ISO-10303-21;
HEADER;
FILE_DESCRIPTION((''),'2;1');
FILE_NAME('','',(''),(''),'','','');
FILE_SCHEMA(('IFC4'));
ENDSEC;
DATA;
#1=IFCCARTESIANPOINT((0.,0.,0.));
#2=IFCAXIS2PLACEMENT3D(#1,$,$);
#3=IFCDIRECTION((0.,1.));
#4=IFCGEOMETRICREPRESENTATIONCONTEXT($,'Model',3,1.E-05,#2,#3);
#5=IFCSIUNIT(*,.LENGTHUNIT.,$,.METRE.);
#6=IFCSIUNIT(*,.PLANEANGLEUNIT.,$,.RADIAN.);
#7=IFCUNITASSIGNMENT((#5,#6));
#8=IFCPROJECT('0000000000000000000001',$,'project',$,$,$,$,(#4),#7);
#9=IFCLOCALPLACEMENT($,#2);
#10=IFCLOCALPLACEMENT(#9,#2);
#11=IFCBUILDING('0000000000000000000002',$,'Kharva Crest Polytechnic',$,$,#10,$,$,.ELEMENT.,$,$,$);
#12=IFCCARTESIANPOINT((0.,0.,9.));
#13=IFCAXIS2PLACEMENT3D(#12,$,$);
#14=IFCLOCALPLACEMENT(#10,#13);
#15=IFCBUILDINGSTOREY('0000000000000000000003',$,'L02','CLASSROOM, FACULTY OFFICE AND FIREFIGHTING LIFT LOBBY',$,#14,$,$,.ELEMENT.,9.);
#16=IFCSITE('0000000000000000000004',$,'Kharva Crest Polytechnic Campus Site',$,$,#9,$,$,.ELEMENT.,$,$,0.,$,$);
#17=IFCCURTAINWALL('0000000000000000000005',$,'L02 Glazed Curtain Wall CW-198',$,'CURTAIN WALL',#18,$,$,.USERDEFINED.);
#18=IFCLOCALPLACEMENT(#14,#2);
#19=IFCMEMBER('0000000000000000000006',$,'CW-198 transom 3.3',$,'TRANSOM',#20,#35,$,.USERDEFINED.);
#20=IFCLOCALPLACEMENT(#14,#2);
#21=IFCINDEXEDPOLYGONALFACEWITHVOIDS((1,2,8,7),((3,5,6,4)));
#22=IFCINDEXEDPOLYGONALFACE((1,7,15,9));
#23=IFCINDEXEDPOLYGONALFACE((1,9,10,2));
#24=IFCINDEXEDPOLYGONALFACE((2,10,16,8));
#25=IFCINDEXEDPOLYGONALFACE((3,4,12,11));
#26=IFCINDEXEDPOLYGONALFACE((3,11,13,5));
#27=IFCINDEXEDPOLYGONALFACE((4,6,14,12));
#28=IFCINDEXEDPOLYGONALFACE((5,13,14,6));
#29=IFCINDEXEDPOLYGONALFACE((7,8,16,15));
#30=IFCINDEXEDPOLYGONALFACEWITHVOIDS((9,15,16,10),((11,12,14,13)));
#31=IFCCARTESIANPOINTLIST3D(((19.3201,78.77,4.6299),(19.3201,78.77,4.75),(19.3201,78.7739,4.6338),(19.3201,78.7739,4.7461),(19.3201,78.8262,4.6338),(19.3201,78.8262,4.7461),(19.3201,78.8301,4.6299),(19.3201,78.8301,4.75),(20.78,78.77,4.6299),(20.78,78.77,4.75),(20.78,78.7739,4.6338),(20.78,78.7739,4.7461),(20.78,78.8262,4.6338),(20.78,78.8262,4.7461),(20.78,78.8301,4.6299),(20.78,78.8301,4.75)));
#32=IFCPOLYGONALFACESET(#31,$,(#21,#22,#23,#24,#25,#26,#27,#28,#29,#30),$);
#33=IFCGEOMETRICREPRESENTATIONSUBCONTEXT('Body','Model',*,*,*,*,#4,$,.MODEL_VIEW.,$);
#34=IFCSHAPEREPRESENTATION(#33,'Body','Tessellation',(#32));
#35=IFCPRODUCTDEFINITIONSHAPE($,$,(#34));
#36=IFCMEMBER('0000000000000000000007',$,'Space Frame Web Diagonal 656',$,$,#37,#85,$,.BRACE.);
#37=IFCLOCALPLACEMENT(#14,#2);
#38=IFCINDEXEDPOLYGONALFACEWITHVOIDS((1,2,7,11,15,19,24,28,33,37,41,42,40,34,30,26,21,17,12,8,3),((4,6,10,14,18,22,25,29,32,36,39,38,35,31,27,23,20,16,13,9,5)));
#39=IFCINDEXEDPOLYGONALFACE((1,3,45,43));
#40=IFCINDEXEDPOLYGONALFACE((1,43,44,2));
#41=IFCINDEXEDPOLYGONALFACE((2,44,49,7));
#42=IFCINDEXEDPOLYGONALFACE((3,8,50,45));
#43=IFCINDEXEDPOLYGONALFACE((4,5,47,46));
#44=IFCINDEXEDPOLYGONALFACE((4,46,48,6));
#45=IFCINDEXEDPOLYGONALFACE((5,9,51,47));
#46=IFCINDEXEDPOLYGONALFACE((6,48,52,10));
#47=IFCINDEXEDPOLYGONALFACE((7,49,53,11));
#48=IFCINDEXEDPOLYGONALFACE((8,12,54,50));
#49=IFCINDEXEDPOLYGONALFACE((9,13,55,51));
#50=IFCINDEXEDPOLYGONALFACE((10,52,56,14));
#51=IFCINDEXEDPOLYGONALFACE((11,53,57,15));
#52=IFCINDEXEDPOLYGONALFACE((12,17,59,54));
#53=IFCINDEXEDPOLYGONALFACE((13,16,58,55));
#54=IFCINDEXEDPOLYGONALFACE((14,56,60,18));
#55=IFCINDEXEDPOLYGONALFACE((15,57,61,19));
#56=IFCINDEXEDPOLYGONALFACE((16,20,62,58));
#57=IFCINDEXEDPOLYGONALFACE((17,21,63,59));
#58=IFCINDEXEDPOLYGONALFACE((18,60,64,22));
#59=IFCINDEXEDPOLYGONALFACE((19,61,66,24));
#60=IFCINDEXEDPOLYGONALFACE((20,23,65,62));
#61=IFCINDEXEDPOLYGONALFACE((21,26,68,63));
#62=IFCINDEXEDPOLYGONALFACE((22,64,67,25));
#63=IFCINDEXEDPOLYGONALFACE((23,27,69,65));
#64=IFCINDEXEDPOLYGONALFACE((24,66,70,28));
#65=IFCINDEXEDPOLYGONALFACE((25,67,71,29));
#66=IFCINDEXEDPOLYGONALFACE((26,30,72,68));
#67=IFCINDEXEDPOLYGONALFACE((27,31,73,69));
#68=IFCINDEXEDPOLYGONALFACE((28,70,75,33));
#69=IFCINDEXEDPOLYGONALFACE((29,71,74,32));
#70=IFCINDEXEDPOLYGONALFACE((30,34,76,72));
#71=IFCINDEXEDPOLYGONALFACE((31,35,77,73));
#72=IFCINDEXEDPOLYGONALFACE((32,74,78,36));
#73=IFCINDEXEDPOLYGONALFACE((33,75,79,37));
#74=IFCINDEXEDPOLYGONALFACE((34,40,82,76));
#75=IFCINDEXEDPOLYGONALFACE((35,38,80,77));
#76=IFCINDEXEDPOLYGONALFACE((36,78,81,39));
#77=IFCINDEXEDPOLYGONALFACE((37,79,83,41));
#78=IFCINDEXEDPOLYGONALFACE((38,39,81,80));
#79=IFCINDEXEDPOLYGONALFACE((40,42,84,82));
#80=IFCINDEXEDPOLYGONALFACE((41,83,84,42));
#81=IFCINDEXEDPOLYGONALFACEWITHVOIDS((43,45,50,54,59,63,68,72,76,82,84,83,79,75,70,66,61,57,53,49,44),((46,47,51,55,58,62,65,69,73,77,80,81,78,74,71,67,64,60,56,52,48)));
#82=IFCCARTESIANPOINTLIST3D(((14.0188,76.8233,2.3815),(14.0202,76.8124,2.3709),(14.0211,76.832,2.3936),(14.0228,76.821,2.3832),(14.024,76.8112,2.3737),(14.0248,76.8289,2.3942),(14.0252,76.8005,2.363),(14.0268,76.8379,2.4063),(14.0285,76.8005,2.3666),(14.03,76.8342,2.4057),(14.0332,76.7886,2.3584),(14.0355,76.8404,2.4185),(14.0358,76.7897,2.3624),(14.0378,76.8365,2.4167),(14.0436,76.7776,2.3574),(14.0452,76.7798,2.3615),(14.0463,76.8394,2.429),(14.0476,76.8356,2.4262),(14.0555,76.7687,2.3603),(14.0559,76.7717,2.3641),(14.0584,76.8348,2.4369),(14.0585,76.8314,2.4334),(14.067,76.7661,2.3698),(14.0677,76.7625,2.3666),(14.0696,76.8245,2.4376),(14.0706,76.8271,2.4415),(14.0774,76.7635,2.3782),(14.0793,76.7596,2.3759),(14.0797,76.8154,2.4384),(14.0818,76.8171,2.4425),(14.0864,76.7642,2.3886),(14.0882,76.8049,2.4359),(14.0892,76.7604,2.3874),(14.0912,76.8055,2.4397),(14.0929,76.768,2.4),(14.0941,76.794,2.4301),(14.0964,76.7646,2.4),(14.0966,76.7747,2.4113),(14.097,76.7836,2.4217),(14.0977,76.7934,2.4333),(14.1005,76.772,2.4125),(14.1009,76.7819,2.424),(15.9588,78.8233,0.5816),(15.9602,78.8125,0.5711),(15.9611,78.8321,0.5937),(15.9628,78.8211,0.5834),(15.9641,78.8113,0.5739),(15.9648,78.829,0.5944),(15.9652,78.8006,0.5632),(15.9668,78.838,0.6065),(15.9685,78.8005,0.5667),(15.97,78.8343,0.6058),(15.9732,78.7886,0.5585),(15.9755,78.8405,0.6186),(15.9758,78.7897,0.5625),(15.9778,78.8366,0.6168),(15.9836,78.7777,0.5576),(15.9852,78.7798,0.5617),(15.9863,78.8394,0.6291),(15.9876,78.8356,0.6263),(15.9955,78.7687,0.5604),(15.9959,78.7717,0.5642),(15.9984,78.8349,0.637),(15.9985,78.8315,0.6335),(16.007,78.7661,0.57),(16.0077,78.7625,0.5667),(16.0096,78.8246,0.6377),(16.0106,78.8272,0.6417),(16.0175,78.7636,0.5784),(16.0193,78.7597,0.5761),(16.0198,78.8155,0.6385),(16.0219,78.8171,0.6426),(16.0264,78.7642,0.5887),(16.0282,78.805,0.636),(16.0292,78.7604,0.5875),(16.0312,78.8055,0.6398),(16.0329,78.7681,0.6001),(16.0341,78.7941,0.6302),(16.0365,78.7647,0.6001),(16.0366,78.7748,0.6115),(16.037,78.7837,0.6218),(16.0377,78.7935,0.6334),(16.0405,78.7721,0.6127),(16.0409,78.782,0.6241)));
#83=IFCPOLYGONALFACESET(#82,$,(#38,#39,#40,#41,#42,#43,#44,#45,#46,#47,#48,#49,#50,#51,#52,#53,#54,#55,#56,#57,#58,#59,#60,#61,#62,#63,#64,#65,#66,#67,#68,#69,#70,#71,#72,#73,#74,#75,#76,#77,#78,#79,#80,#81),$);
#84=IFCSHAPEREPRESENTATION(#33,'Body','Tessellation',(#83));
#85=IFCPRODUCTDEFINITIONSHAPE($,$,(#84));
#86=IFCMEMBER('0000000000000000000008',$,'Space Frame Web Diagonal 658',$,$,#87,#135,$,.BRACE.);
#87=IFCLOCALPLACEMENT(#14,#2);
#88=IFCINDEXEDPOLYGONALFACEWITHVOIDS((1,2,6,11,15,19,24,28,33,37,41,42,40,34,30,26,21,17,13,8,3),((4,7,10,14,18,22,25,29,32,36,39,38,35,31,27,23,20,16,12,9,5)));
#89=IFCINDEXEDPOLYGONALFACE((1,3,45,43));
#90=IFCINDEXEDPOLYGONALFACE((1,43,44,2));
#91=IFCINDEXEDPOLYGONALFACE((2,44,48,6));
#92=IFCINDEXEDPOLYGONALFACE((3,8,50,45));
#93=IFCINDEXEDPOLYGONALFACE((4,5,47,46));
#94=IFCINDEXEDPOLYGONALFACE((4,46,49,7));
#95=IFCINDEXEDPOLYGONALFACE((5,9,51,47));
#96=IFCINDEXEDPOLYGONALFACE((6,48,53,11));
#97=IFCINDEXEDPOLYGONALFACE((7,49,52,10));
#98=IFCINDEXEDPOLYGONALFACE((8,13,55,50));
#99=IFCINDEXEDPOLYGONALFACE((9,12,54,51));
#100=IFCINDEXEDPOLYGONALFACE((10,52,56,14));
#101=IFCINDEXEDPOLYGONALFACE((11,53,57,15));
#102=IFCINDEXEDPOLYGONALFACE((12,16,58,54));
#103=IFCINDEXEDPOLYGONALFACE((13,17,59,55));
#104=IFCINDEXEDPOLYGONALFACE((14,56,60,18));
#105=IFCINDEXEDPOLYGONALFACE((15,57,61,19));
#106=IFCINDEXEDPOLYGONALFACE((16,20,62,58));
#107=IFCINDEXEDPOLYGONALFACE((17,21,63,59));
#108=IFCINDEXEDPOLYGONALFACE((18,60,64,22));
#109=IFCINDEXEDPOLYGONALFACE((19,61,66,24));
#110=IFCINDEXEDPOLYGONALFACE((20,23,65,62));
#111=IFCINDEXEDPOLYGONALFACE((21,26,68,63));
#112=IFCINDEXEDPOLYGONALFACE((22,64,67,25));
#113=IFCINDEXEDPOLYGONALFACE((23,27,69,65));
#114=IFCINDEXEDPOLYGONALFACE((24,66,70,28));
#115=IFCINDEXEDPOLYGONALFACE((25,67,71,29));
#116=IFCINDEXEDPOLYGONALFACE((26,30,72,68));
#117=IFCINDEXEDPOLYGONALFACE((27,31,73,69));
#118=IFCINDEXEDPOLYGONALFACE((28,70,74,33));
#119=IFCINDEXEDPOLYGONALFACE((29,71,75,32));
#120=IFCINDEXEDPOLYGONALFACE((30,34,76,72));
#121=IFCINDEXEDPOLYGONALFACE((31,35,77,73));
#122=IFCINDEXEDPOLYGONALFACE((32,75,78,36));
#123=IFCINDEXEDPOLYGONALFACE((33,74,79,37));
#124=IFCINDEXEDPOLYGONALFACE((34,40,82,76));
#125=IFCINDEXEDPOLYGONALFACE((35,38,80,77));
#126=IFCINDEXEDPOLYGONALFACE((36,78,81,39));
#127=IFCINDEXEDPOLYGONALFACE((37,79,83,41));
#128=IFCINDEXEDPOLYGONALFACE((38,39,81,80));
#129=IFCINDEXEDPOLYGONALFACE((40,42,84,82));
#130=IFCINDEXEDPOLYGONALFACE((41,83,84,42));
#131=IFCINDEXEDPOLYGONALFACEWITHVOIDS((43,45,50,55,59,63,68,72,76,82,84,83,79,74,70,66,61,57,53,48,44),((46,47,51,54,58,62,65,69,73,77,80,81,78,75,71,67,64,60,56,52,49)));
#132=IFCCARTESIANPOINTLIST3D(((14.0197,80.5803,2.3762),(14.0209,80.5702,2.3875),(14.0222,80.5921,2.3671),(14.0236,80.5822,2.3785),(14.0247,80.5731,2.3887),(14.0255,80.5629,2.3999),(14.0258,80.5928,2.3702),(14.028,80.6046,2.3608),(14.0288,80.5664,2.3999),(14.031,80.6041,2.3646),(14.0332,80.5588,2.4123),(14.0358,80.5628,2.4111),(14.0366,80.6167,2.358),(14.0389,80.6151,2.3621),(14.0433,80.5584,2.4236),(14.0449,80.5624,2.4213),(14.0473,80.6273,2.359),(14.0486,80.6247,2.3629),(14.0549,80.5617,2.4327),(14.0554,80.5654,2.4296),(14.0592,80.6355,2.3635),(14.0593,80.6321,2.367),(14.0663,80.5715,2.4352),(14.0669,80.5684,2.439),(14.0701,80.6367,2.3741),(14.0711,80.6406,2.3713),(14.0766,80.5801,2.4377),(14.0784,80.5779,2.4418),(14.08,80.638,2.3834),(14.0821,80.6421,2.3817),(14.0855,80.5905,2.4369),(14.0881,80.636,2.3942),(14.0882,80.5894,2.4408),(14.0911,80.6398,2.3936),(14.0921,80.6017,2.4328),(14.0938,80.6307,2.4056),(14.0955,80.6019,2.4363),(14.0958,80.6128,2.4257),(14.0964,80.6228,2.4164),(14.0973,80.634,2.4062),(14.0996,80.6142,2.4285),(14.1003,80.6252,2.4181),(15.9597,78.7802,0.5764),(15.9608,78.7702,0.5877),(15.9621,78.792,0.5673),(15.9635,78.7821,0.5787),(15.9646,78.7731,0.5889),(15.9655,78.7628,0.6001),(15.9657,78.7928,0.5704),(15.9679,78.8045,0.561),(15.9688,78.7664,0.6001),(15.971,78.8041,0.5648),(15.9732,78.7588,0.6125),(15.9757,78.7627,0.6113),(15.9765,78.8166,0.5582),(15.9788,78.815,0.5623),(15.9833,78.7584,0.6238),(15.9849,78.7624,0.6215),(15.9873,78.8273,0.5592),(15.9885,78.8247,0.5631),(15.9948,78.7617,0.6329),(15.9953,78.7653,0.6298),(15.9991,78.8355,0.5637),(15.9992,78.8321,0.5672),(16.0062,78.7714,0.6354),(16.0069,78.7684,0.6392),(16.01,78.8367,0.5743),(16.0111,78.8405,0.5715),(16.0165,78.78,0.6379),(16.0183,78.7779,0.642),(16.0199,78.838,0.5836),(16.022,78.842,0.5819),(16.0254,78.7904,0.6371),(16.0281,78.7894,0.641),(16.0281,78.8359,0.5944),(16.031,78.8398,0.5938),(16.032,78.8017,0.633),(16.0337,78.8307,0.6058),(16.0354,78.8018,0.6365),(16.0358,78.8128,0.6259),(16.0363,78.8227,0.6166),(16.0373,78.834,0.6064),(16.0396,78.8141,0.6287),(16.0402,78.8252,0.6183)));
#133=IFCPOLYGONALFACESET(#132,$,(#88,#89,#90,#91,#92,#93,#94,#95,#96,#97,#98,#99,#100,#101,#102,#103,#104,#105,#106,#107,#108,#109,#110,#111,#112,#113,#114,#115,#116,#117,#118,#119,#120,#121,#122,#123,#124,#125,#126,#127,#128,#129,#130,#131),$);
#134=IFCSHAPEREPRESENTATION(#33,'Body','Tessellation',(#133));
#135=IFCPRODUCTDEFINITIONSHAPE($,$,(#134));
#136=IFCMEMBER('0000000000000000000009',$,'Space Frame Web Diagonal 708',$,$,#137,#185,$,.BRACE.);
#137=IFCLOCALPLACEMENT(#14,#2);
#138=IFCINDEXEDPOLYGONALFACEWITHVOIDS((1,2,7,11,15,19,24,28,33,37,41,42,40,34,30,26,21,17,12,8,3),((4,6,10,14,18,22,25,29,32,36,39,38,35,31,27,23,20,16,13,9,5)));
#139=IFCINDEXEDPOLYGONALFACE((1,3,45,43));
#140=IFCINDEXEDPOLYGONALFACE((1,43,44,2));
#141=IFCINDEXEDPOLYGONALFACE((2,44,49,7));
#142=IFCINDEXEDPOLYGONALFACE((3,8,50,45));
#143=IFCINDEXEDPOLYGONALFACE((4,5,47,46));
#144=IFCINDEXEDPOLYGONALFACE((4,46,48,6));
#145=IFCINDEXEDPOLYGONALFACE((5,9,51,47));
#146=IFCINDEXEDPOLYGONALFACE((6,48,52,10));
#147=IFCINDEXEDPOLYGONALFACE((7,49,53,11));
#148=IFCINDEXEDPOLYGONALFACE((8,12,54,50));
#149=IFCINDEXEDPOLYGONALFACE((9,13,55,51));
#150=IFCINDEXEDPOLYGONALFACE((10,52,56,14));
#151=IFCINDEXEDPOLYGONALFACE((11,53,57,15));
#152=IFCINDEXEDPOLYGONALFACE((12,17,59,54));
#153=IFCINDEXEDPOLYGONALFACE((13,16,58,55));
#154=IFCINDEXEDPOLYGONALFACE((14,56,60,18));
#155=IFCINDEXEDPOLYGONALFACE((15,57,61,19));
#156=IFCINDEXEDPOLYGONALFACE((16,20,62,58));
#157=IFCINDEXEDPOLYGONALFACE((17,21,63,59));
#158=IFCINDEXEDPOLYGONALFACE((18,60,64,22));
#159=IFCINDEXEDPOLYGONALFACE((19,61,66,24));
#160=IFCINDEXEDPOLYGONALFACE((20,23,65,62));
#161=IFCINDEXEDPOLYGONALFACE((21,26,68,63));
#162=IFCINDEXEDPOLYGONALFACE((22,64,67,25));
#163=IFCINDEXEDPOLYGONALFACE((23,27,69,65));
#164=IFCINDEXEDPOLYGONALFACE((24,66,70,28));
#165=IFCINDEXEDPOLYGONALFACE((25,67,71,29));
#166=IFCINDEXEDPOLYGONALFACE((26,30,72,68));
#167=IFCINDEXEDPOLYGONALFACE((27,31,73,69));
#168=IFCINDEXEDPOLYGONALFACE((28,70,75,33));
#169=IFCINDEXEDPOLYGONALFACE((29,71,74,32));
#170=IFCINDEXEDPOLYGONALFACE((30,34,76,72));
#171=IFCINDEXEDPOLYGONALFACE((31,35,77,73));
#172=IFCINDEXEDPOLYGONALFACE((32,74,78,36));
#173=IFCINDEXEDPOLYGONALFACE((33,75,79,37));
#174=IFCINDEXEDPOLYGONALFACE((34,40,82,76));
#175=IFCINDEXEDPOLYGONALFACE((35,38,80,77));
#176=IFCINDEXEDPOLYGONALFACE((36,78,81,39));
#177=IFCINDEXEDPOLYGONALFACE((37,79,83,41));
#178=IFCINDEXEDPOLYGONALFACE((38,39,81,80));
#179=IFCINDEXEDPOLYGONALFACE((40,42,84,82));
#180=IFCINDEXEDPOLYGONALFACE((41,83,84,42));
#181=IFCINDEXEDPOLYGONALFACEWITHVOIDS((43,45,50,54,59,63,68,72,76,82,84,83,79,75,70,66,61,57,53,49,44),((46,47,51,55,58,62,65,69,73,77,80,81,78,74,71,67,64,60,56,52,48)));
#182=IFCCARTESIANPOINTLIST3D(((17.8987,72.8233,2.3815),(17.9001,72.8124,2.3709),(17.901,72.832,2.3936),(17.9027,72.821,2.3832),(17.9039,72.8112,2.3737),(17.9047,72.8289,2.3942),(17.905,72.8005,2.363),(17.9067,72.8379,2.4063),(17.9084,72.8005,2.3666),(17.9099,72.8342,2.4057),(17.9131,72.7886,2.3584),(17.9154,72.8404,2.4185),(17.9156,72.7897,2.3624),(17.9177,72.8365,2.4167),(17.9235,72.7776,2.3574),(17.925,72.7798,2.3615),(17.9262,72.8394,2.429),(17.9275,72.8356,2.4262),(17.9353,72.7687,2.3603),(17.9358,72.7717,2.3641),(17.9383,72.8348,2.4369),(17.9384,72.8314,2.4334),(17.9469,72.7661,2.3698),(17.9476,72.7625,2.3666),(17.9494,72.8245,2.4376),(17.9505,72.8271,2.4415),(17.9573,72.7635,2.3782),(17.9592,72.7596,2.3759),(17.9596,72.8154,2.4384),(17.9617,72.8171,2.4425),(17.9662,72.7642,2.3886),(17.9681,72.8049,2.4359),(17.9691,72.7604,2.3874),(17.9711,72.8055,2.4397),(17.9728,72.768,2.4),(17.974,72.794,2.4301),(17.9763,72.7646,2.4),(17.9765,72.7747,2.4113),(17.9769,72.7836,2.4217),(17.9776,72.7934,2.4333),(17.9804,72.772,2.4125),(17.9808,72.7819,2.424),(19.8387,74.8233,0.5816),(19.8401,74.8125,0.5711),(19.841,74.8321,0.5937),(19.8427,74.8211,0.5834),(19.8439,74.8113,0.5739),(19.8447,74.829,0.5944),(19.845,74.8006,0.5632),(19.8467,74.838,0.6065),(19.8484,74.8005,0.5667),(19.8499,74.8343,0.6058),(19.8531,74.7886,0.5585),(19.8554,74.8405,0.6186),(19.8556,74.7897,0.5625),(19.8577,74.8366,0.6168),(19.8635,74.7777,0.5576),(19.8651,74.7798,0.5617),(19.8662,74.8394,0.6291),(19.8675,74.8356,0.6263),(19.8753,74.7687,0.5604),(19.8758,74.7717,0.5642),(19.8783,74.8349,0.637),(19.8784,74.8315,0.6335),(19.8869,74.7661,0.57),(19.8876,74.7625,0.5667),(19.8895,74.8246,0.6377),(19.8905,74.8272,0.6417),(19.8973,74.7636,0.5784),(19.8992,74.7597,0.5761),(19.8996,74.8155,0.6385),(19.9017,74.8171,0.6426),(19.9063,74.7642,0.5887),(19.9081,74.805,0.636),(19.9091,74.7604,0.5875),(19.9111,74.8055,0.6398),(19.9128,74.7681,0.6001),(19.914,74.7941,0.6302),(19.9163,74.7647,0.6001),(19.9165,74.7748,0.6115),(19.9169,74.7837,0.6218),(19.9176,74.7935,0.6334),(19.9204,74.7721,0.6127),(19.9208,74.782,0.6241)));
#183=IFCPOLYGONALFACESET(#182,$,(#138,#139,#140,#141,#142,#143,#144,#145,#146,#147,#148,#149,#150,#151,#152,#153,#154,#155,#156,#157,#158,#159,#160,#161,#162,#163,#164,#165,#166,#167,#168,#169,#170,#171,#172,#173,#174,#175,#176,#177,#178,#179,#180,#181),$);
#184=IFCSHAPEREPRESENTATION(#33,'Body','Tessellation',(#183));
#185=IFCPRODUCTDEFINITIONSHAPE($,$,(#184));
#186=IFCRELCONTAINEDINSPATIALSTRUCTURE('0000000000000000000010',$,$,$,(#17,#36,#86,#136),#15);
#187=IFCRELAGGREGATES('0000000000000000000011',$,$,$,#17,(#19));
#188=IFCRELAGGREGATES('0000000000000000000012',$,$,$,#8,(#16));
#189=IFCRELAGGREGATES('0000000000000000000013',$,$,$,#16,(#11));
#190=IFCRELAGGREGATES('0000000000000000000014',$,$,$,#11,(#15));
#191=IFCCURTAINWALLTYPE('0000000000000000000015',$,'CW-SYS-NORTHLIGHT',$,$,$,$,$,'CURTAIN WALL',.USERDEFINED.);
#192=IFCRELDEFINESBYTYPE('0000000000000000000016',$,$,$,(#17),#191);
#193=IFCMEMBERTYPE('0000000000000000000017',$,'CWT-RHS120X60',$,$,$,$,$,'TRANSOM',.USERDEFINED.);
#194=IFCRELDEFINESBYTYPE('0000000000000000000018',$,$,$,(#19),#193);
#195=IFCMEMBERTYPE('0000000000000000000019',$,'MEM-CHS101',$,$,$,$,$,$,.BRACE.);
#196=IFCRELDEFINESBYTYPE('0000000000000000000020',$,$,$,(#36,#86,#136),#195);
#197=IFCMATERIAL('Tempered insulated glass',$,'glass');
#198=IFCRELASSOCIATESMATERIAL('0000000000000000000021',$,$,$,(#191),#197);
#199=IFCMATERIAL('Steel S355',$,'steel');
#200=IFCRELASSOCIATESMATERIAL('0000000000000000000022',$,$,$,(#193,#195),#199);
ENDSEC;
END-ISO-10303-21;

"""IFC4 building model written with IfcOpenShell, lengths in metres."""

from ifc_helpers import new_model, si_unit, direction, frame, origin, origin_2d, place, context, subcontext, project, spatial, hollow_rectangle, hollow_circle, extrude, material, material_profile, profile_set, type_object, element, aggregate, save


model = new_model("IFC4")

# Units and contexts
model_context = context("Model", 3, precision=1e-05, world=origin(), true_north=direction((0.0, 1.0)))
body_context = subcontext(model_context, "Body", "Model", "MODEL_VIEW")
ifc_project = project(units=[si_unit("LENGTHUNIT", "METRE"), si_unit("PLANEANGLEUNIT", "RADIAN")], contexts=[model_context])

# Site, building, storey
site_placement = place(None, origin())
site = spatial("IfcSite", under=ifc_project, at=site_placement, Name="Kharva Crest Polytechnic Campus Site", CompositionType="ELEMENT", RefElevation=0.0)
building_placement = place(site_placement, origin())
building = spatial("IfcBuilding", under=site, at=building_placement, Name="Kharva Crest Polytechnic", CompositionType="ELEMENT")
storey_placement = place(building_placement, frame((0.0, 0.0, 9.0)))
storey = spatial("IfcBuildingStorey", under=building, at=storey_placement, Name="L02", Description="CLASSROOM, FACULTY OFFICE AND FIREFIGHTING LIFT LOBBY", CompositionType="ELEMENT", Elevation=9.0)

# Curtain wall, member
ifc_material_1 = material(Name="Tempered insulated glass", Category="glass")
curtain_wall_type = type_object("IfcCurtainWallType", Name="CW-SYS-NORTHLIGHT", ElementType="CURTAIN WALL", PredefinedType="USERDEFINED", material=ifc_material_1)
curtain_wall_placement = place(storey_placement, origin())
curtain_wall = element("IfcCurtainWall", 1, at=curtain_wall_placement, inside=storey, type_object=curtain_wall_type, Name="L02 Glazed Curtain Wall CW-198", ObjectType="CURTAIN WALL", PredefinedType="USERDEFINED")
ifc_material_2 = material(Name="Steel S355", Category="steel")
ifc_material_profile_1 = material_profile(ifc_material_2, hollow_rectangle(XDim=0.0601, YDim=0.1201, WallThickness=0.0039, at=origin_2d()), Name="RHS 120X60X4.0")
ifc_profile_set_1 = profile_set([ifc_material_profile_1], Name="Steel S355")
member_type_1 = type_object("IfcMemberType", Name="CWT-RHS120X60", ElementType="TRANSOM", PredefinedType="USERDEFINED", material=ifc_profile_set_1)
member_1_placement = place(storey_placement, frame((19.3201, 78.8, 4.6899), z_axis=(1.0, 0.0, 0.0), x_axis=(0.0, 1.0, 0.0)))
member_1 = element("IfcMember", 2, at=member_1_placement, type_object=member_type_1, Name="CW-198 transom 3.3", ObjectType="TRANSOM", PredefinedType="USERDEFINED", context=body_context, shape_type="SweptSolid", body=[
    extrude(hollow_rectangle(XDim=0.0601, YDim=0.1201, WallThickness=0.0039, at=origin_2d()), origin(), (0.0, 0.0, 1.0), 1.46),
])

# Members
ifc_material_profile_2 = material_profile(ifc_material_2, hollow_circle(Radius=0.0508, WallThickness=0.0049, at=origin_2d()), Name="CHS 101.6X5.0")
ifc_profile_set_2 = profile_set([ifc_material_profile_2], Name="Steel S355")
member_type_2 = type_object("IfcMemberType", Name="MEM-CHS101", PredefinedType="BRACE", material=ifc_profile_set_2)
member_2_placement = place(storey_placement, frame((16.0, 78.8, 0.6001), z_axis=(-0.584843, -0.60295, 0.542596), x_axis=(0.717802, -0.696247, 0.0)))
element("IfcMember", 3, at=member_2_placement, inside=storey, type_object=member_type_2, Name="Space Frame Web Diagonal 656", PredefinedType="BRACE", context=body_context, shape_type="SweptSolid", body=[
    extrude(hollow_circle(Radius=0.0508, WallThickness=0.0049, at=origin_2d()), origin(), (0.0, 0.0, 1.0), 3.3171),
])
member_3_placement = place(storey_placement, frame((16.0, 78.8, 0.6001), z_axis=(-0.606147, 0.562437, 0.562361), x_axis=(-0.680182, -0.733043, 0.0)))
element("IfcMember", 4, at=member_3_placement, inside=storey, type_object=member_type_2, Name="Space Frame Web Diagonal 658", PredefinedType="BRACE", context=body_context, shape_type="SweptSolid", body=[
    extrude(hollow_circle(Radius=0.0508, WallThickness=0.0049, at=origin_2d()), origin(), (0.0, 0.0, 1.0), 3.2004),
])
for number, where, z_axis, x_axis, name in (
    (5, (19.8799, 74.8, 0.6001), (-0.584843, -0.60295, 0.542596), (0.717802, -0.696247, 0.0), "Space Frame Web Diagonal 708"),
):
    element("IfcMember", number, at=place(storey_placement, frame(where, z_axis=z_axis, x_axis=x_axis)), inside=storey, type_object=member_type_2, Name=name, PredefinedType="BRACE", context=body_context, shape_type="SweptSolid", body=[
        extrude(hollow_circle(Radius=0.0508, WallThickness=0.0049, at=origin_2d()), origin(), (0.0, 0.0, 1.0), 3.3171),
    ])

aggregate(curtain_wall, [member_1])

save(model, "model.ifc")
